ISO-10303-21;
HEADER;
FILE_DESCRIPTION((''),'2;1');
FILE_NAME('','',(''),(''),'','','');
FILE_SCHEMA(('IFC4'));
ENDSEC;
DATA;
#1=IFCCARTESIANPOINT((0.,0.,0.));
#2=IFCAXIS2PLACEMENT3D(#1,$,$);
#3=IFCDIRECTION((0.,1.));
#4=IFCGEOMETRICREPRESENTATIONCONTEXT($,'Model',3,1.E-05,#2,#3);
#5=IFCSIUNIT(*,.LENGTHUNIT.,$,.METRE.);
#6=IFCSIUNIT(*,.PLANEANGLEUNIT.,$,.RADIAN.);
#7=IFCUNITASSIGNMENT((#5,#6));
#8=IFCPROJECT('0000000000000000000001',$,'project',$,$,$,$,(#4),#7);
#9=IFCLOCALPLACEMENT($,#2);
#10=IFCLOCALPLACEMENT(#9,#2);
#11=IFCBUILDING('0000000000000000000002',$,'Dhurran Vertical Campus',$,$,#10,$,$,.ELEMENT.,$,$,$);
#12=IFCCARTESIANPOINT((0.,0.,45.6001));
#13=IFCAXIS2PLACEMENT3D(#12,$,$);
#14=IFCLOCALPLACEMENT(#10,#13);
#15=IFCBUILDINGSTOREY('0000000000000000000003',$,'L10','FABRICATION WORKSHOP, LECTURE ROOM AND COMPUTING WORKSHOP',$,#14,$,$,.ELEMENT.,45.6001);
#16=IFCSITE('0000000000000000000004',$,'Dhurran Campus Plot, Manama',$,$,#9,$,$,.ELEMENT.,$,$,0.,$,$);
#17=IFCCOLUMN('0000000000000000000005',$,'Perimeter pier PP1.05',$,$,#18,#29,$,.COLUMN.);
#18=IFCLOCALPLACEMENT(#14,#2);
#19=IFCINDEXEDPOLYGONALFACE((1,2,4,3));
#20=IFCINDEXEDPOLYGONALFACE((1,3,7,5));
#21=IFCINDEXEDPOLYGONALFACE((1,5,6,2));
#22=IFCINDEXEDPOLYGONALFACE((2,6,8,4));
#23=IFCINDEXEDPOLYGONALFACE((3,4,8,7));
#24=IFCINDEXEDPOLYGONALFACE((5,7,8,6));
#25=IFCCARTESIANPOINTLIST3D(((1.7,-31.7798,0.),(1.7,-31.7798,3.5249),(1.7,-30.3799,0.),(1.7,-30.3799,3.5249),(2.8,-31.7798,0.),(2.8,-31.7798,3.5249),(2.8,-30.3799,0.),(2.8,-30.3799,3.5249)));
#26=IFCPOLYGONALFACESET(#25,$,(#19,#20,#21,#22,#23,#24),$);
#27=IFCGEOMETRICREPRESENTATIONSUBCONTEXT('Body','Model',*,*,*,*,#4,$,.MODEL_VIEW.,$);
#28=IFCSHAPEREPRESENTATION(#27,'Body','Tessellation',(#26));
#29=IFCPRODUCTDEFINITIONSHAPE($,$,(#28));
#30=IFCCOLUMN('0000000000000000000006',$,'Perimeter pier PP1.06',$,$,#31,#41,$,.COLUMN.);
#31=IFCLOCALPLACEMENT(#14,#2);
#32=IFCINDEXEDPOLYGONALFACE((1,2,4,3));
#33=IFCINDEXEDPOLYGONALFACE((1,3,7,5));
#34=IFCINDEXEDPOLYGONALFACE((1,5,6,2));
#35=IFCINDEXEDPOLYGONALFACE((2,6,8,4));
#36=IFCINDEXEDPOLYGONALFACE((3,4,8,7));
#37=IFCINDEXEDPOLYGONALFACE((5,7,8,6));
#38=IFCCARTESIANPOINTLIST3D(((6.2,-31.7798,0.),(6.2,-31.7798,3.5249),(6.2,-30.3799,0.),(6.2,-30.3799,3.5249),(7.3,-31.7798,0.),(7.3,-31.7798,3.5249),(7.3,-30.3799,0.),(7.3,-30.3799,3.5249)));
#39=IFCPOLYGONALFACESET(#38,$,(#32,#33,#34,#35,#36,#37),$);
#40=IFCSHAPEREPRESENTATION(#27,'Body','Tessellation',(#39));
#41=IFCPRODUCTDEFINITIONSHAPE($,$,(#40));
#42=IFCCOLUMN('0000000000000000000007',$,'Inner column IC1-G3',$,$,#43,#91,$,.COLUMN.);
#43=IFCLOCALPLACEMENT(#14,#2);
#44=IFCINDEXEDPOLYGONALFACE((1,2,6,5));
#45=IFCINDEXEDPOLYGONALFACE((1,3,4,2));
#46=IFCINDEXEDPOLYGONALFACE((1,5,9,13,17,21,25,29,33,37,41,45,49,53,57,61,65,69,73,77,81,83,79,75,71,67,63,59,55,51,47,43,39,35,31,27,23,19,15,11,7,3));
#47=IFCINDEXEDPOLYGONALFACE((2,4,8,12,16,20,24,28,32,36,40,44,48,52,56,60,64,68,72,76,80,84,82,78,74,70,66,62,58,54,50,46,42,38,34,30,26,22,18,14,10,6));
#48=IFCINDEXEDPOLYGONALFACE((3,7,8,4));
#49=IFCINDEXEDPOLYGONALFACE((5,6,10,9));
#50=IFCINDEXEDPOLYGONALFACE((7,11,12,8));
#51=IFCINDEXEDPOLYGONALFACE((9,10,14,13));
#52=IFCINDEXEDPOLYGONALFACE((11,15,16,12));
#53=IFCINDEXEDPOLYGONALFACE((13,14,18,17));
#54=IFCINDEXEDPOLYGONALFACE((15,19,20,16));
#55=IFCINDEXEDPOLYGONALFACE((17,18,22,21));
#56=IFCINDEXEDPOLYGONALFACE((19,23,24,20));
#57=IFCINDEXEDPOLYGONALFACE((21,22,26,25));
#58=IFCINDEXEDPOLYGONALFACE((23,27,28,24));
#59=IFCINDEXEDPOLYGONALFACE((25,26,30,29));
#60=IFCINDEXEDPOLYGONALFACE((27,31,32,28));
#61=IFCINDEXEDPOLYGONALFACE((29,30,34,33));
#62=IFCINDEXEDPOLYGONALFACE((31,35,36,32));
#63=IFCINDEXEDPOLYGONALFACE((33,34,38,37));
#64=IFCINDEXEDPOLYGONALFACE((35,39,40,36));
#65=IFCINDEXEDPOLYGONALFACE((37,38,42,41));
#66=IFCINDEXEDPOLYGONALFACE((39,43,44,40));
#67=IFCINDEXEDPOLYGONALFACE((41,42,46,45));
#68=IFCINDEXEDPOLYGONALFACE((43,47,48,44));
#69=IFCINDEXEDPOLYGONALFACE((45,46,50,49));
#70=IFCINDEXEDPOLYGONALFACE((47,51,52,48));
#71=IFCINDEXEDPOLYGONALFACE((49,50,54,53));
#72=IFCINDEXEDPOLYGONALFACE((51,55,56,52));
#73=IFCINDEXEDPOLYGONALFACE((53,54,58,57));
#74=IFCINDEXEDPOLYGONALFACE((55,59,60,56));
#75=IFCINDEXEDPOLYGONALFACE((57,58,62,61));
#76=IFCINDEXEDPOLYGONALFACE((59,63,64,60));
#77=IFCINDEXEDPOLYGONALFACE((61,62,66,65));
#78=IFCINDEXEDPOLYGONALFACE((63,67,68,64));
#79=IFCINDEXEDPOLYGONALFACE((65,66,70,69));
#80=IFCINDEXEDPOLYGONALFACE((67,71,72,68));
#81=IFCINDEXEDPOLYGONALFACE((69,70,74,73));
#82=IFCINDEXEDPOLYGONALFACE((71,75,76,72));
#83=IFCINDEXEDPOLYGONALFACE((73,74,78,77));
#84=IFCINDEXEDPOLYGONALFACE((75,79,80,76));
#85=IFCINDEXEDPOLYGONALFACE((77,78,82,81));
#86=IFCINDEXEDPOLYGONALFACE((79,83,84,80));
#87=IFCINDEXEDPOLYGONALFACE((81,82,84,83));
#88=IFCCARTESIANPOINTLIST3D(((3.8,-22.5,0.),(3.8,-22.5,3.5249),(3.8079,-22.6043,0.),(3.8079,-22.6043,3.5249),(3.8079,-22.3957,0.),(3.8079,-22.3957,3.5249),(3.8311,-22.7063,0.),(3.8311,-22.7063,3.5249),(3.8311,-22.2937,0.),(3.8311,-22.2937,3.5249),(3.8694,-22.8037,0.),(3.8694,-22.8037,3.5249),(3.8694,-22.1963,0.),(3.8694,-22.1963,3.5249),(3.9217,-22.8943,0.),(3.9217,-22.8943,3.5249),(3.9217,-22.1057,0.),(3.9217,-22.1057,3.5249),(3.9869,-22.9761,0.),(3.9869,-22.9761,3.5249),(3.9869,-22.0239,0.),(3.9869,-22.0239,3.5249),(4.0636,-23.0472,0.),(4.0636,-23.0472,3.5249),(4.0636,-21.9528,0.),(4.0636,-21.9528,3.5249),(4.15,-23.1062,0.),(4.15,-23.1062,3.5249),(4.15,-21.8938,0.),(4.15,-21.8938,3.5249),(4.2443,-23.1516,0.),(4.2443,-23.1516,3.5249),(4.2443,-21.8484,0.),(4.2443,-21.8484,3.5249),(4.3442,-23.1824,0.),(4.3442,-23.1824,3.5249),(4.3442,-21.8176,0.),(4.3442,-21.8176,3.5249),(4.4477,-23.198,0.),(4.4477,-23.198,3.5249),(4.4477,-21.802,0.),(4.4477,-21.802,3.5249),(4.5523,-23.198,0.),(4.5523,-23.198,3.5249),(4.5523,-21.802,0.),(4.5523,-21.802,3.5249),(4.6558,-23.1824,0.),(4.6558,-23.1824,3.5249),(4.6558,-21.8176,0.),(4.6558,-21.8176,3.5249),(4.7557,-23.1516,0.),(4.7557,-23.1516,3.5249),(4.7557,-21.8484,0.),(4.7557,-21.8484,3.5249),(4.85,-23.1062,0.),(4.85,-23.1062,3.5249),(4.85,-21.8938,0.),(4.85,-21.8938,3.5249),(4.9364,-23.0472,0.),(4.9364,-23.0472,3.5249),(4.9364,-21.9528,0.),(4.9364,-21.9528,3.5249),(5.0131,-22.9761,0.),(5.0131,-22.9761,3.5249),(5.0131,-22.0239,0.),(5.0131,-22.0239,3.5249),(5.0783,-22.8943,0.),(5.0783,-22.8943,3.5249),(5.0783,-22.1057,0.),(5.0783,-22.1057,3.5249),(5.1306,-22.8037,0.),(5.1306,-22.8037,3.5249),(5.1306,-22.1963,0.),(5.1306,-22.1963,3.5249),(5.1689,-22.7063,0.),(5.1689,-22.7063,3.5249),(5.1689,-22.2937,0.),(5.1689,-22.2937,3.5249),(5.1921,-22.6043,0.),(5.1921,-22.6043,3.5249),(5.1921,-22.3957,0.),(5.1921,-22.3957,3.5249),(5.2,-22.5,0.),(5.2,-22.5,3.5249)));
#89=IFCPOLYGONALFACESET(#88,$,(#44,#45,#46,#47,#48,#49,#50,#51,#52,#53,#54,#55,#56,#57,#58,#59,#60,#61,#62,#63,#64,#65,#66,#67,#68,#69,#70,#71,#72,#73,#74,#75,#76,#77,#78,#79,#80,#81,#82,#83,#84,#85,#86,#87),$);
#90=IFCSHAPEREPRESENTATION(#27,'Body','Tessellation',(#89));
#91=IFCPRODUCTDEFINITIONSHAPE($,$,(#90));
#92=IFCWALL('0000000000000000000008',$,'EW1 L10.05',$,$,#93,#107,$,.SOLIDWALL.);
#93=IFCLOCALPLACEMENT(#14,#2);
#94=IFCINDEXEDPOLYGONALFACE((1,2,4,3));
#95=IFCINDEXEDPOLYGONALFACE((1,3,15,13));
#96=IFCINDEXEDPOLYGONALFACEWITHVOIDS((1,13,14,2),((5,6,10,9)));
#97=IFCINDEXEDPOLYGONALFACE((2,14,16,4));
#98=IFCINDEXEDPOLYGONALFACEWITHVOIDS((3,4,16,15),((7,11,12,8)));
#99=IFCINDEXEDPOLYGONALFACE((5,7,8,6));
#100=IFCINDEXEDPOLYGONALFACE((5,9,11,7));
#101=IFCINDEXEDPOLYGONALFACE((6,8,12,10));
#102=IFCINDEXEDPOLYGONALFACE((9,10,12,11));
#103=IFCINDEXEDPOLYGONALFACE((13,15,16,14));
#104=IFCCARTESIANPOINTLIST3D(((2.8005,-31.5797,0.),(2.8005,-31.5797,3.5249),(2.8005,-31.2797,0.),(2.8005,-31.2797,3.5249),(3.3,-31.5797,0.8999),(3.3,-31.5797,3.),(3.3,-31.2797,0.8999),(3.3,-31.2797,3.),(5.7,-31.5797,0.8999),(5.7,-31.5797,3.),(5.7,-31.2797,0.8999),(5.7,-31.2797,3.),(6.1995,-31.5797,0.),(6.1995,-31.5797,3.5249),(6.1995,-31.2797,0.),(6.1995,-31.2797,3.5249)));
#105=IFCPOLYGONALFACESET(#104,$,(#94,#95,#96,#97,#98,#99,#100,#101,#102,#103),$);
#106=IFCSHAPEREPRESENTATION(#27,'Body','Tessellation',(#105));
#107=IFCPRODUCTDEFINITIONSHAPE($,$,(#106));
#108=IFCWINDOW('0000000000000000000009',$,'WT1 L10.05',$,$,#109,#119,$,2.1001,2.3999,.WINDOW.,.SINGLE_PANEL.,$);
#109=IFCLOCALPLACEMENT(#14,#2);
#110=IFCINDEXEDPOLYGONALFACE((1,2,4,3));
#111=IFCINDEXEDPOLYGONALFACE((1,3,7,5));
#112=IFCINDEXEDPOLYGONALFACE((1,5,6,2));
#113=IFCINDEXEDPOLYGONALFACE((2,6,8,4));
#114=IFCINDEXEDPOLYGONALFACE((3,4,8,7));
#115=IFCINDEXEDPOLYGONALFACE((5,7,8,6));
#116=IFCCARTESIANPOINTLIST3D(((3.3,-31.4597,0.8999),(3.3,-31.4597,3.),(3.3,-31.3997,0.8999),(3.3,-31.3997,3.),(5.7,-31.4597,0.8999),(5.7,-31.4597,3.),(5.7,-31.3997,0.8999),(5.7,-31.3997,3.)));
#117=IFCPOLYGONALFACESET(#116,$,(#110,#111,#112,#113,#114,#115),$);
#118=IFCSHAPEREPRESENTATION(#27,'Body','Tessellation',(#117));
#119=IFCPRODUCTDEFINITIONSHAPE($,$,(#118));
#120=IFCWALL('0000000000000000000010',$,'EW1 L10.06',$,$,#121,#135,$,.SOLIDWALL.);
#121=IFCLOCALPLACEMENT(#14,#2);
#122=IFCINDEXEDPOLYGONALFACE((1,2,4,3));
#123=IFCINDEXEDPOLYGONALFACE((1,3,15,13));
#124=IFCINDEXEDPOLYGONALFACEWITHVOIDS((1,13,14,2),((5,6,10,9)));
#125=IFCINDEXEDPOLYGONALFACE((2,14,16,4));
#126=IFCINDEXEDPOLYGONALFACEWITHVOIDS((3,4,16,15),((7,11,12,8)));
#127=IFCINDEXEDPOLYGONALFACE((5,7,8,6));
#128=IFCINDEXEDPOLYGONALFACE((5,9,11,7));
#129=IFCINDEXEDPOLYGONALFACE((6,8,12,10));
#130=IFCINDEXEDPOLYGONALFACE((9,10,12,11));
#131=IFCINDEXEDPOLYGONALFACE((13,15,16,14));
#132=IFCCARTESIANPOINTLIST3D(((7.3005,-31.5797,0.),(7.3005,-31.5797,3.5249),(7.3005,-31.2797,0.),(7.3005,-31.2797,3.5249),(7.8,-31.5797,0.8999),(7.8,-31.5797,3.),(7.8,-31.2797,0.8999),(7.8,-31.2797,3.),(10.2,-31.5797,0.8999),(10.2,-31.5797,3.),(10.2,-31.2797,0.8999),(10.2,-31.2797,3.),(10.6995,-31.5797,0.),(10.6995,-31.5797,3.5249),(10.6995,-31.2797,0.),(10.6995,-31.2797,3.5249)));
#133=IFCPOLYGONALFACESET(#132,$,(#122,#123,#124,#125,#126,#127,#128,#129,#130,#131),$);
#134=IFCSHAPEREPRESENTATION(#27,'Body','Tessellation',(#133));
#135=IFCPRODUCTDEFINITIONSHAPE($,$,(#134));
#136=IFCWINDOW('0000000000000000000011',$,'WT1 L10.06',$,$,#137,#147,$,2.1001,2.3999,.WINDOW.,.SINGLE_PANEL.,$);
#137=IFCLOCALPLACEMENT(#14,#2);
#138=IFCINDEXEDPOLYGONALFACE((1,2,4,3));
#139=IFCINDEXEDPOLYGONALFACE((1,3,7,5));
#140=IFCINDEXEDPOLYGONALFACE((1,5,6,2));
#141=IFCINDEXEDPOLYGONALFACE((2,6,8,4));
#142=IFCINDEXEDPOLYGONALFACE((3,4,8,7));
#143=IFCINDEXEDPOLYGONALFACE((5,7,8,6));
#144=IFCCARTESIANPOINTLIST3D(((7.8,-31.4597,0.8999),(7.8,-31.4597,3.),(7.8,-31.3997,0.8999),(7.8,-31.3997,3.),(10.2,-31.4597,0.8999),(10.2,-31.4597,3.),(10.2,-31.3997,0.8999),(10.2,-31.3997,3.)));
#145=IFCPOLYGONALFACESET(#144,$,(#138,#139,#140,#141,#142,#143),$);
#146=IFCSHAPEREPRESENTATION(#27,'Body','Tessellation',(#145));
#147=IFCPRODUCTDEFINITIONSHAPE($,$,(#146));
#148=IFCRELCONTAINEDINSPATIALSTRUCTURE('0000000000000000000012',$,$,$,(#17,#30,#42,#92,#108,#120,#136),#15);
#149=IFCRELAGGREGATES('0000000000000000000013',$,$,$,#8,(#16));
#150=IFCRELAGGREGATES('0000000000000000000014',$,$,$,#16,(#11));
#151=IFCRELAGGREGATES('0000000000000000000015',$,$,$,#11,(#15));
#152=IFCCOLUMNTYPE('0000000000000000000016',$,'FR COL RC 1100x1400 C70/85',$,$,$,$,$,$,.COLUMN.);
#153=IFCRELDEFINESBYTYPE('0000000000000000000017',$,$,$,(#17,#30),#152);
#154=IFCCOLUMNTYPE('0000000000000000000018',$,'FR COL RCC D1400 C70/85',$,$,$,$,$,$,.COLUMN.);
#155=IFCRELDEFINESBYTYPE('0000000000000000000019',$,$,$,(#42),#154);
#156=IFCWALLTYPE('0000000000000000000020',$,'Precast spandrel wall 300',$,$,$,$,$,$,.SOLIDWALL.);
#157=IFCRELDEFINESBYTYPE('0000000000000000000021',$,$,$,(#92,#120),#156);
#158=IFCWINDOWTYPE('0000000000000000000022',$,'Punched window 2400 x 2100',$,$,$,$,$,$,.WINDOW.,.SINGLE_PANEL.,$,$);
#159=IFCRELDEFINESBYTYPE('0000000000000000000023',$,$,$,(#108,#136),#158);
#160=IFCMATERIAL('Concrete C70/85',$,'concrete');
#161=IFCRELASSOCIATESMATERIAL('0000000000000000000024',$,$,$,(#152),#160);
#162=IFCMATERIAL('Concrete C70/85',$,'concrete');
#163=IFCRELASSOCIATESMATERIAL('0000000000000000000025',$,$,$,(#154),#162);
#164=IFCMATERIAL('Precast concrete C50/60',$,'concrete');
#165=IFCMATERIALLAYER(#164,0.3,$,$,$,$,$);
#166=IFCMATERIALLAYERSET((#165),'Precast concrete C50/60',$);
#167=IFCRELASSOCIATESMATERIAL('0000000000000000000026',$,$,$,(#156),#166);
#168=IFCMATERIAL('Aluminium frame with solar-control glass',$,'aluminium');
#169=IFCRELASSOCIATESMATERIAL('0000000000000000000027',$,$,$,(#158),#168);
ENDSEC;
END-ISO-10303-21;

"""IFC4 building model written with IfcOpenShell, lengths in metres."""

from ifc_helpers import new_model, si_unit, direction, frame, frame_2d, origin, origin_2d, place, context, subcontext, project, spatial, rectangle, circle, extrude, material, layer, layer_set, material_profile, profile_set, type_object, element, fill, save


model = new_model("IFC4")

# Units and contexts
model_context = context("Model", 3, precision=1e-05, world=origin(), true_north=direction((0.0, 1.0)))
body_context = subcontext(model_context, "Body", "Model", "MODEL_VIEW")
ifc_project = project(units=[si_unit("LENGTHUNIT", "METRE"), si_unit("PLANEANGLEUNIT", "RADIAN")], contexts=[model_context])

# Site, building, storey
site_placement = place(None, origin())
site = spatial("IfcSite", under=ifc_project, at=site_placement, Name="Dhurran Campus Plot, Manama", CompositionType="ELEMENT", RefElevation=0.0)
building_placement = place(site_placement, origin())
building = spatial("IfcBuilding", under=site, at=building_placement, Name="Dhurran Vertical Campus", CompositionType="ELEMENT")
storey_placement = place(building_placement, frame((0.0, 0.0, 45.6001)))
storey = spatial("IfcBuildingStorey", under=building, at=storey_placement, Name="L10", Description="FABRICATION WORKSHOP, LECTURE ROOM AND COMPUTING WORKSHOP", CompositionType="ELEMENT", Elevation=45.6001)

# Columns
ifc_material_1 = material(Name="Concrete C70/85", Category="concrete")
ifc_material_profile_1 = material_profile(ifc_material_1, rectangle(XDim=1.1001, YDim=1.3999, at=origin_2d()), Name="RC 1100x1400")
ifc_profile_set_1 = profile_set([ifc_material_profile_1], Name="Concrete C70/85")
column_type_1 = type_object("IfcColumnType", Name="FR COL RC 1100x1400 C70/85", PredefinedType="COLUMN", material=ifc_profile_set_1)
for number, where, z_axis, x_axis, name in (
    (1, (2.25, -31.0798, 0.0), (0.0, 0.0, 1.0), (1.0, 0.0, 0.0), "Perimeter pier PP1.05"),
    (2, (6.75, -31.0798, 0.0), (0.0, 0.0, 1.0), (1.0, 0.0, 0.0), "Perimeter pier PP1.06"),
):
    element("IfcColumn", number, at=place(storey_placement, frame(where, z_axis=z_axis, x_axis=x_axis)), inside=storey, type_object=column_type_1, Name=name, PredefinedType="COLUMN", context=body_context, shape_type="SweptSolid", body=[
        extrude(rectangle(XDim=1.1001, YDim=1.3999, at=origin_2d()), origin(), (0.0, 0.0, 1.0), 3.5249),
    ])
ifc_material_2 = material(Name="Concrete C70/85", Category="concrete")
ifc_material_profile_2 = material_profile(ifc_material_2, circle(Radius=0.7, at=origin_2d()), Name="RCC D1400")
ifc_profile_set_2 = profile_set([ifc_material_profile_2], Name="Concrete C70/85")
column_type_2 = type_object("IfcColumnType", Name="FR COL RCC D1400 C70/85", PredefinedType="COLUMN", material=ifc_profile_set_2)
column_placement = place(storey_placement, frame((4.5, -22.5, 0.0), z_axis=(0.0, 0.0, 1.0), x_axis=(1.0, 0.0, 0.0)))
element("IfcColumn", 3, at=column_placement, inside=storey, type_object=column_type_2, Name="Inner column IC1-G3", PredefinedType="COLUMN", context=body_context, shape_type="SweptSolid", body=[
    extrude(circle(Radius=0.7, at=origin_2d()), origin(), (0.0, 0.0, 1.0), 3.5249),
])

# Walls, openings, windows
ifc_material_3 = material(Name="Precast concrete C50/60", Category="concrete")
ifc_layer_1 = layer(ifc_material_3, 0.3)
ifc_layer_set_1 = layer_set([ifc_layer_1], Name="Precast concrete C50/60")
wall_type_1 = type_object("IfcWallType", Name="Precast spandrel wall 300", PredefinedType="SOLIDWALL", material=ifc_layer_set_1)
wall_1_placement = place(storey_placement, frame((2.8005, -31.4297, 0.0), z_axis=(0.0, 0.0, 1.0), x_axis=(1.0, 0.0, 0.0)))
wall_1 = element("IfcWall", 4, at=wall_1_placement, inside=storey, type_object=wall_type_1, Name="EW1 L10.05", PredefinedType="SOLIDWALL", context=body_context, shape_type="SweptSolid", body=[
    extrude(rectangle(XDim=3.3989, YDim=0.3, at=frame_2d((1.6995, 0.0))), origin(), (0.0, 0.0, 1.0), 3.5249),
])
opening_1_placement = place(wall_1_placement, frame((0.4995, 0.0, 0.8999)))
opening_1 = element("IfcOpeningElement", 5, at=opening_1_placement, cuts=wall_1, PredefinedType="OPENING", context=body_context, shape_type="SweptSolid", body=[
    extrude(rectangle(XDim=2.3999, YDim=2.1001, at=frame_2d((1.2, 1.05))), frame((0.0, 0.1599, 0.0), z_axis=(0.0, -1.0, 0.0), x_axis=(1.0, 0.0, 0.0)), (0.0, 0.0, 1.0), 0.3201),
])
ifc_material_4 = material(Name="Aluminium frame with solar-control glass", Category="aluminium")
window_type = type_object("IfcWindowType", Name="Punched window 2400 x 2100", PartitioningType="SINGLE_PANEL", PredefinedType="WINDOW", material=ifc_material_4)
window_1_placement = place(opening_1_placement, origin())
window_1 = element("IfcWindow", 6, at=window_1_placement, inside=storey, type_object=window_type, Name="WT1 L10.05", OverallHeight=2.1001, OverallWidth=2.3999, PartitioningType="SINGLE_PANEL", PredefinedType="WINDOW", context=body_context, shape_type="SweptSolid", body=[
    extrude(rectangle(XDim=2.3999, YDim=2.1001, at=frame_2d((1.2, 1.05))), frame((0.0, 0.03, 0.0), z_axis=(0.0, -1.0, 0.0), x_axis=(1.0, 0.0, 0.0)), (0.0, 0.0, 1.0), 0.0601),
])
fill(opening_1, window_1)
wall_2_placement = place(storey_placement, frame((7.3005, -31.4297, 0.0), z_axis=(0.0, 0.0, 1.0), x_axis=(1.0, 0.0, 0.0)))
wall_2 = element("IfcWall", 7, at=wall_2_placement, inside=storey, type_object=wall_type_1, Name="EW1 L10.06", PredefinedType="SOLIDWALL", context=body_context, shape_type="SweptSolid", body=[
    extrude(rectangle(XDim=3.3989, YDim=0.3, at=frame_2d((1.6995, 0.0))), origin(), (0.0, 0.0, 1.0), 3.5249),
])
opening_2_placement = place(wall_2_placement, frame((0.4995, 0.0, 0.8999)))
opening_2 = element("IfcOpeningElement", 8, at=opening_2_placement, cuts=wall_2, PredefinedType="OPENING", context=body_context, shape_type="SweptSolid", body=[
    extrude(rectangle(XDim=2.3999, YDim=2.1001, at=frame_2d((1.2, 1.05))), frame((0.0, 0.1599, 0.0), z_axis=(0.0, -1.0, 0.0), x_axis=(1.0, 0.0, 0.0)), (0.0, 0.0, 1.0), 0.3201),
])
window_2_placement = place(opening_2_placement, origin())
window_2 = element("IfcWindow", 9, at=window_2_placement, inside=storey, type_object=window_type, Name="WT1 L10.06", OverallHeight=2.1001, OverallWidth=2.3999, PartitioningType="SINGLE_PANEL", PredefinedType="WINDOW", context=body_context, shape_type="SweptSolid", body=[
    extrude(rectangle(XDim=2.3999, YDim=2.1001, at=frame_2d((1.2, 1.05))), frame((0.0, 0.03, 0.0), z_axis=(0.0, -1.0, 0.0), x_axis=(1.0, 0.0, 0.0)), (0.0, 0.0, 1.0), 0.0601),
])
fill(opening_2, window_2)

save(model, "model.ifc")
